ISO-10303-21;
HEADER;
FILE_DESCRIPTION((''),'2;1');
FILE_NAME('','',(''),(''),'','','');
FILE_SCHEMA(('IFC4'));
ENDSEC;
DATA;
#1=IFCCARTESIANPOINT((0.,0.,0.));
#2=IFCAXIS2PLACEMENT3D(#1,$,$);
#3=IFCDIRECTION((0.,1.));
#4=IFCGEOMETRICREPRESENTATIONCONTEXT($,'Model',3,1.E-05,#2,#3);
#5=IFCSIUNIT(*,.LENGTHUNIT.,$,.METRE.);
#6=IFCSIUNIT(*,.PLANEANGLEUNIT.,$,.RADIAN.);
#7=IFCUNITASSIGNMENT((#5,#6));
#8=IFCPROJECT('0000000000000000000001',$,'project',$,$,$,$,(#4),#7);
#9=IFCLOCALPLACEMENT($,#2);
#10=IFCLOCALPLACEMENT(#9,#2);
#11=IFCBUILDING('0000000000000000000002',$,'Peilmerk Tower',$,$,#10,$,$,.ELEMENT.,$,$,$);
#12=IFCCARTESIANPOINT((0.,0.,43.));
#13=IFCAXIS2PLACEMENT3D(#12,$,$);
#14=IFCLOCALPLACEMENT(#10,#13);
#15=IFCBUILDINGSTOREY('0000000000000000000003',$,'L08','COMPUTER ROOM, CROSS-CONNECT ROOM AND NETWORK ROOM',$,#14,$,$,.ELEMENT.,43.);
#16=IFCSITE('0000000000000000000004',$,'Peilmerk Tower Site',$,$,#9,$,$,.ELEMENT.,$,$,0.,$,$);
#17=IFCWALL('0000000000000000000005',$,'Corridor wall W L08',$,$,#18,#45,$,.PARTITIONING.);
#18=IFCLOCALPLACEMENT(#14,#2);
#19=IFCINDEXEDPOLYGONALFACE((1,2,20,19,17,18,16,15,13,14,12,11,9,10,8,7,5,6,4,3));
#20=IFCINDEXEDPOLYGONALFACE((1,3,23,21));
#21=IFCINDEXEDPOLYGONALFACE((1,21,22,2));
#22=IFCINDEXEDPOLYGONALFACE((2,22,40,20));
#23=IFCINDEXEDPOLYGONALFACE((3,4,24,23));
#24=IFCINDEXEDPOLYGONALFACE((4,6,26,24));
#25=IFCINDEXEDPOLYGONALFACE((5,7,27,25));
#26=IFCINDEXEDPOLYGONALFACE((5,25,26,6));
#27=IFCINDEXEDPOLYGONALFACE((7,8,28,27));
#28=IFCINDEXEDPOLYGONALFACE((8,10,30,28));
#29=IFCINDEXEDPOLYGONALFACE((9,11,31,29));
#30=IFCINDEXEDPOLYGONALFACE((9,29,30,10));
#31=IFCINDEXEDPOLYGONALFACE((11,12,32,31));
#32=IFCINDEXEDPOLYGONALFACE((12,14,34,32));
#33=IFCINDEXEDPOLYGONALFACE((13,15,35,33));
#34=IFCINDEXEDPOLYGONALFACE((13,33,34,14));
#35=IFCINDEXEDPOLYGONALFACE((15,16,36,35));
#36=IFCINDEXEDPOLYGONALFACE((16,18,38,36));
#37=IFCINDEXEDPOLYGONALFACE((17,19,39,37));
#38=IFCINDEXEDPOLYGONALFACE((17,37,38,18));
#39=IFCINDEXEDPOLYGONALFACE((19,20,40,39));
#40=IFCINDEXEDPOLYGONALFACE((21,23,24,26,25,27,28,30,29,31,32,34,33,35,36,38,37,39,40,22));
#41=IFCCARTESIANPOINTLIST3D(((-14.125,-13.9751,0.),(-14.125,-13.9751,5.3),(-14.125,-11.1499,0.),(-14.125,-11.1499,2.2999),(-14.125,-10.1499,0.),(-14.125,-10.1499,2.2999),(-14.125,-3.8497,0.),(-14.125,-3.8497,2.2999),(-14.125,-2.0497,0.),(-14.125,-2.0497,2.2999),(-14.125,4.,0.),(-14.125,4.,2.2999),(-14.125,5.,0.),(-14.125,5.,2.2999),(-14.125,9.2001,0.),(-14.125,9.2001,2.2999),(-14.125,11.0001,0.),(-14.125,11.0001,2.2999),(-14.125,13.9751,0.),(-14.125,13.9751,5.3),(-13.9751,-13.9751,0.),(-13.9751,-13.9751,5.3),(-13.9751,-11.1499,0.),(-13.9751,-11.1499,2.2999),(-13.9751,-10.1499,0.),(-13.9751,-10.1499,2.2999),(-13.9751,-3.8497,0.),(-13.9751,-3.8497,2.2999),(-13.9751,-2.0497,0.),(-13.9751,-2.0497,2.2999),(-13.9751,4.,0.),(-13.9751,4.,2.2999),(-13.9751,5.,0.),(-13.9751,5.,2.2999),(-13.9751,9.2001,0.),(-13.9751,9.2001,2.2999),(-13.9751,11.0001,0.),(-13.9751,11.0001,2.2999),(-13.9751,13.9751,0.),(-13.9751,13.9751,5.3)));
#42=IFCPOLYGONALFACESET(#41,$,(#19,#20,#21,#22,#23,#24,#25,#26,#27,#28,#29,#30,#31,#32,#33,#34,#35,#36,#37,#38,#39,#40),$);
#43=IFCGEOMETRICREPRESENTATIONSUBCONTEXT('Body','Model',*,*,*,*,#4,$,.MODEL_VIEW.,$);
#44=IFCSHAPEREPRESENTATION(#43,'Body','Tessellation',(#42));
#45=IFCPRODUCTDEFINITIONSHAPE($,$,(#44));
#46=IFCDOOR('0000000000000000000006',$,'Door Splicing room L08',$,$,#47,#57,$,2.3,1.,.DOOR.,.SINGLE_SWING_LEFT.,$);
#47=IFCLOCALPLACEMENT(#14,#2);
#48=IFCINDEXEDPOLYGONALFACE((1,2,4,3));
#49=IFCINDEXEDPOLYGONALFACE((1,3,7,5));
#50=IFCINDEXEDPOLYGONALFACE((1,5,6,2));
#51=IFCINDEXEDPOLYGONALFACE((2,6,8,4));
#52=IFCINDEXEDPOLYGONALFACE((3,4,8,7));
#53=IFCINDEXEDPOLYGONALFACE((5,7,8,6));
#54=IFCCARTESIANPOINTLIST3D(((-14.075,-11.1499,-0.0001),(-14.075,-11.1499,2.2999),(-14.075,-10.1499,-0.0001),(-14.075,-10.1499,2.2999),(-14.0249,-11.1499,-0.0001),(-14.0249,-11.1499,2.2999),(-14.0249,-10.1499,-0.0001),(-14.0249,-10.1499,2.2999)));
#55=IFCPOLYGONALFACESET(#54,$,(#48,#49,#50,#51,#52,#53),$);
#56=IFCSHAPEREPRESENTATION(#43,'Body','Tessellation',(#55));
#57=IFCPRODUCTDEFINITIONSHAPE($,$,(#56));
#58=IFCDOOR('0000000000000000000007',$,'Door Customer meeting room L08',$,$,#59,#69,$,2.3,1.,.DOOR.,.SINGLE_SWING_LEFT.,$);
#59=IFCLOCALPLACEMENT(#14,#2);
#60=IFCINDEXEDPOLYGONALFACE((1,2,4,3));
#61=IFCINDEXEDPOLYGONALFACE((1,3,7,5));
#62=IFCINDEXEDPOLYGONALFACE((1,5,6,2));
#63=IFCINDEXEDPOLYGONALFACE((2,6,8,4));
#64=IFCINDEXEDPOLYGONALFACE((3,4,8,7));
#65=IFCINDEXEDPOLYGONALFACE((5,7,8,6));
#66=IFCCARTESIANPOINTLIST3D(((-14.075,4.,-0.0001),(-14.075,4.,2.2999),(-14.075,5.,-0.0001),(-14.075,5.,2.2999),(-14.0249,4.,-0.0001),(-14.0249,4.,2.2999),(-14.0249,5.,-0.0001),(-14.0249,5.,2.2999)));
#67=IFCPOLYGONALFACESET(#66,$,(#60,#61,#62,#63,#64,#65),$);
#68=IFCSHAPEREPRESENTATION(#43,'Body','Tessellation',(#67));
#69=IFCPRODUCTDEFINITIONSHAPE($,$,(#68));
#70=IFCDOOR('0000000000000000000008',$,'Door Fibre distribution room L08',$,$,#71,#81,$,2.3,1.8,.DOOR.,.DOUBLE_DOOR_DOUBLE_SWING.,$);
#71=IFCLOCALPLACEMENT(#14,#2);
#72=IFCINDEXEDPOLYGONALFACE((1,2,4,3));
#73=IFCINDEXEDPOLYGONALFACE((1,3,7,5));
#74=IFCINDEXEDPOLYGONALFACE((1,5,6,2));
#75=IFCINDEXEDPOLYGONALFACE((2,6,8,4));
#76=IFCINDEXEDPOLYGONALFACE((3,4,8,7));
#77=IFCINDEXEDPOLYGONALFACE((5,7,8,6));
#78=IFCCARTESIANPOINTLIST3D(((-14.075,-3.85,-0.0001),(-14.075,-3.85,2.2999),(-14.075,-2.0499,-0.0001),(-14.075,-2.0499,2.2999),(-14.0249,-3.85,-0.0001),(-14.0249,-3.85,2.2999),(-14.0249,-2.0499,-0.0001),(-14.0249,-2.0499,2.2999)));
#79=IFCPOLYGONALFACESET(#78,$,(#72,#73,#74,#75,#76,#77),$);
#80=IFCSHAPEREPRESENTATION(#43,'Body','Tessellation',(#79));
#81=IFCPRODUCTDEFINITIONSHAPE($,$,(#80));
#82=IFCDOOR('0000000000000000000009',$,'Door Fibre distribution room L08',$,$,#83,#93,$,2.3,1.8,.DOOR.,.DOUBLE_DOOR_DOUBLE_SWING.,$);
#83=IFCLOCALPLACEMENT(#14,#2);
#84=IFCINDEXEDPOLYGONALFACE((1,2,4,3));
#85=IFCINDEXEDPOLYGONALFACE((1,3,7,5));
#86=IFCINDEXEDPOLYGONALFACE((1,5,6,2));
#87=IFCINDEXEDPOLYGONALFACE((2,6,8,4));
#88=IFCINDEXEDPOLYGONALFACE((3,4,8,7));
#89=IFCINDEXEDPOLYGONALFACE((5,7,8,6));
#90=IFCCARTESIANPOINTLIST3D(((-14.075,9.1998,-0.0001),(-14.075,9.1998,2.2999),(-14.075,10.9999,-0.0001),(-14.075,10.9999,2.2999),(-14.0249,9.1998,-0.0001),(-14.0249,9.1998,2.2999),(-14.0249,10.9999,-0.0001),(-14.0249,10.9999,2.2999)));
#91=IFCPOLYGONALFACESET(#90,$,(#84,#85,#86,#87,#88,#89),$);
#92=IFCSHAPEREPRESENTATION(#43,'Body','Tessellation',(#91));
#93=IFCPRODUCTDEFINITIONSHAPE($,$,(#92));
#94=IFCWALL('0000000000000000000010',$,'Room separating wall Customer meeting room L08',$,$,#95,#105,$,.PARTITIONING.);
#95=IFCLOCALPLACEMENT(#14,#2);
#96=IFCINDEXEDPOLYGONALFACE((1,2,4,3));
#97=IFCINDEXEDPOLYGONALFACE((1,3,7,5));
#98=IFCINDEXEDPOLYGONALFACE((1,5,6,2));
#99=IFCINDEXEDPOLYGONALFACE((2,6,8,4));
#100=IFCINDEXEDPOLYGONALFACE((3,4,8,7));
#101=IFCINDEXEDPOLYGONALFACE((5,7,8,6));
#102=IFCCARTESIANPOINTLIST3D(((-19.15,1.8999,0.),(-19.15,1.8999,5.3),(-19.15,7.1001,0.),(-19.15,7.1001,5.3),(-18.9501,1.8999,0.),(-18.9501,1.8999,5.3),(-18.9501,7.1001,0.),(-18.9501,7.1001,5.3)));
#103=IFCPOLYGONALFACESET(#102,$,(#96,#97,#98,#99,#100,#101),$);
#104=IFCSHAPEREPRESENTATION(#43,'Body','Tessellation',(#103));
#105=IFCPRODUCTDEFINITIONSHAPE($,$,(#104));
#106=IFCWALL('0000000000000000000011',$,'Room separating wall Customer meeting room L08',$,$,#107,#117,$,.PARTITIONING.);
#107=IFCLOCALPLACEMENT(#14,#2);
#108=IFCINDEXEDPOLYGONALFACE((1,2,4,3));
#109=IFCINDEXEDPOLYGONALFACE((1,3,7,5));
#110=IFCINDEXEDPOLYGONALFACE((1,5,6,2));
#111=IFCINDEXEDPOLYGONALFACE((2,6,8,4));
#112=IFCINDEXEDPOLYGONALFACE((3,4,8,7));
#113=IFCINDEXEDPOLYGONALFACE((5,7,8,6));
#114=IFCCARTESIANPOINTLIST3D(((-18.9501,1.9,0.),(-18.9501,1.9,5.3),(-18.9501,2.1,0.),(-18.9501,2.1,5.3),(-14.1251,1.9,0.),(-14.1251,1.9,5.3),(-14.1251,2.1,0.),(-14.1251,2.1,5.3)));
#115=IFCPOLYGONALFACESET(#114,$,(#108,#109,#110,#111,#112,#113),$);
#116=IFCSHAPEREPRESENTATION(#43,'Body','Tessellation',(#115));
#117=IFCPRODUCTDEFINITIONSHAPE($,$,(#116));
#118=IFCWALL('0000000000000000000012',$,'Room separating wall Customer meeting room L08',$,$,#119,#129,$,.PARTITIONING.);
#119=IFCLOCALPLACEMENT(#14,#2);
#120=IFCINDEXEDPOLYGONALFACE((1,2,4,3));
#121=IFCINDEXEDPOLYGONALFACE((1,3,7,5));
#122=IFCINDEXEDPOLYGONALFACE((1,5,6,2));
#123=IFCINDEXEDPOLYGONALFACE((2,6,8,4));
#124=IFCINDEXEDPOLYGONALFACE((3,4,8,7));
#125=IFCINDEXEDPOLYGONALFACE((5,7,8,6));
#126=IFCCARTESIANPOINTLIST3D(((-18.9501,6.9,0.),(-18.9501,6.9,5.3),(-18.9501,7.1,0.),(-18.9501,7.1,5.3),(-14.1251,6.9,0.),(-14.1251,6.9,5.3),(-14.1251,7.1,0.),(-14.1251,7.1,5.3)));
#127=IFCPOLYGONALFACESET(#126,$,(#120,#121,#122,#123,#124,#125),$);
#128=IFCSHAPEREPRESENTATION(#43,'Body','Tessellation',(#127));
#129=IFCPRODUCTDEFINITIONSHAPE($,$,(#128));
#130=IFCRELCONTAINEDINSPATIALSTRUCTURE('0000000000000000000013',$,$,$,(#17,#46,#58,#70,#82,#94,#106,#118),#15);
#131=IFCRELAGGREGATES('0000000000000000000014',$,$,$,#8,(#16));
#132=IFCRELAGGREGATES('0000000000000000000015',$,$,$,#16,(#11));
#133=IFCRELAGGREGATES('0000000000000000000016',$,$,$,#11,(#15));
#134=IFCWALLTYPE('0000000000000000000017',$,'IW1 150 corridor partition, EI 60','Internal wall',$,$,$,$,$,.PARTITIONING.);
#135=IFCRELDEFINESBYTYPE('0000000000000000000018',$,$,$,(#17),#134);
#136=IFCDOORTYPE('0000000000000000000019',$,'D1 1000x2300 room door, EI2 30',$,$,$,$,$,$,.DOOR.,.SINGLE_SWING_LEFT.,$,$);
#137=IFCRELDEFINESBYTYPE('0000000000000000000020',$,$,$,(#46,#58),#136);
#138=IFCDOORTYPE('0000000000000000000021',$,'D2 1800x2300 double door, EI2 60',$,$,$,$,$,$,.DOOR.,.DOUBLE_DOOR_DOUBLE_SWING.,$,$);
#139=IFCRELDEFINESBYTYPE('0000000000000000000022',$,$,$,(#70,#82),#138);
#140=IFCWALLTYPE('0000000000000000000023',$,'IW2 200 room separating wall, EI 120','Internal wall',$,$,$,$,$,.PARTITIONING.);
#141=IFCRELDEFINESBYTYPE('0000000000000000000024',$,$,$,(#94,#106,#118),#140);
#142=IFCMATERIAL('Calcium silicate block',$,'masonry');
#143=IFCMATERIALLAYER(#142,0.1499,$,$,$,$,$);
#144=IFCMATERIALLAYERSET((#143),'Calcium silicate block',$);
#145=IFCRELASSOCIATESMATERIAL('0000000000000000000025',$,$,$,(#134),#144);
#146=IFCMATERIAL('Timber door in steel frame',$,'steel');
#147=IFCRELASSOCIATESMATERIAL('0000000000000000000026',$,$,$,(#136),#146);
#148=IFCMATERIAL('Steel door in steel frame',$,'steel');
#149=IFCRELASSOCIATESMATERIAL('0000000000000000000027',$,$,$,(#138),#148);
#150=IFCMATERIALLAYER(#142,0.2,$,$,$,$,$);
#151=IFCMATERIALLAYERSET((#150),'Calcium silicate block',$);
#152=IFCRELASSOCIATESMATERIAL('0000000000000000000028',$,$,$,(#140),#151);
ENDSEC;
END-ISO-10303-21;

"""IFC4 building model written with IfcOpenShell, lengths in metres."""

from ifc_helpers import new_model, si_unit, direction, frame, frame_2d, origin, place, context, subcontext, project, spatial, rectangle, extrude, material, layer, layer_set, type_object, element, fill, save


model = new_model("IFC4")

# Units and contexts
model_context = context("Model", 3, precision=1e-05, world=origin(), true_north=direction((0.0, 1.0)))
body_context = subcontext(model_context, "Body", "Model", "MODEL_VIEW")
ifc_project = project(units=[si_unit("LENGTHUNIT", "METRE"), si_unit("PLANEANGLEUNIT", "RADIAN")], contexts=[model_context])

# Site, building, storey
site_placement = place(None, origin())
site = spatial("IfcSite", under=ifc_project, at=site_placement, Name="Peilmerk Tower Site", CompositionType="ELEMENT", RefElevation=0.0)
building_placement = place(site_placement, origin())
building = spatial("IfcBuilding", under=site, at=building_placement, Name="Peilmerk Tower", CompositionType="ELEMENT")
storey_placement = place(building_placement, frame((0.0, 0.0, 43.0)))
storey = spatial("IfcBuildingStorey", under=building, at=storey_placement, Name="L08", Description="COMPUTER ROOM, CROSS-CONNECT ROOM AND NETWORK ROOM", CompositionType="ELEMENT", Elevation=43.0)

# Wall, openings, doors
ifc_material_1 = material(Name="Calcium silicate block", Category="masonry")
ifc_layer_1 = layer(ifc_material_1, 0.1499)
ifc_layer_set_1 = layer_set([ifc_layer_1], Name="Calcium silicate block")
wall_type_1 = type_object("IfcWallType", Name="IW1 150 corridor partition, EI 60", Description="Internal wall", PredefinedType="PARTITIONING", material=ifc_layer_set_1)
ifc_material_2 = material(Name="Timber door in steel frame", Category="steel")
door_type_1 = type_object("IfcDoorType", Name="D1 1000x2300 room door, EI2 30", OperationType="SINGLE_SWING_LEFT", PredefinedType="DOOR", material=ifc_material_2)
ifc_material_3 = material(Name="Steel door in steel frame", Category="steel")
door_type_2 = type_object("IfcDoorType", Name="D2 1800x2300 double door, EI2 60", OperationType="DOUBLE_DOOR_DOUBLE_SWING", PredefinedType="DOOR", material=ifc_material_3)
wall_1_placement = place(storey_placement, frame((-14.05, 13.9751, 0.0), z_axis=(0.0, 0.0, 1.0), x_axis=(0.0, -1.0, 0.0)))
wall_1 = element("IfcWall", 1, at=wall_1_placement, inside=storey, type_object=wall_type_1, Name="Corridor wall W L08", PredefinedType="PARTITIONING", context=body_context, shape_type="SweptSolid", body=[
    extrude(rectangle(XDim=27.9502, YDim=0.1499, at=frame_2d((13.9751, 0.0))), origin(), (0.0, 0.0, 1.0), 5.3),
])
opening_1_placement = place(wall_1_placement, frame((24.125, 0.0, 0.0)))
opening_1 = element("IfcOpeningElement", 2, at=opening_1_placement, cuts=wall_1, PredefinedType="OPENING", context=body_context, shape_type="SweptSolid", body=[
    extrude(rectangle(XDim=1.0, YDim=2.3, at=frame_2d((0.5, 1.1499))), frame((0.0, 0.085, 0.0), z_axis=(0.0, -1.0, 0.0), x_axis=(1.0, 0.0, 0.0)), (0.0, 0.0, 1.0), 0.1699),
])
opening_2_placement = place(wall_1_placement, frame((16.0249, 0.0, 0.0)))
opening_2 = element("IfcOpeningElement", 3, at=opening_2_placement, cuts=wall_1, PredefinedType="OPENING", context=body_context, shape_type="SweptSolid", body=[
    extrude(rectangle(XDim=1.8, YDim=2.3, at=frame_2d((0.8999, 1.1499))), frame((0.0, 0.085, 0.0), z_axis=(0.0, -1.0, 0.0), x_axis=(1.0, 0.0, 0.0)), (0.0, 0.0, 1.0), 0.1699),
])
opening_3_placement = place(wall_1_placement, frame((2.9751, 0.0, 0.0)))
opening_3 = element("IfcOpeningElement", 4, at=opening_3_placement, cuts=wall_1, PredefinedType="OPENING", context=body_context, shape_type="SweptSolid", body=[
    extrude(rectangle(XDim=1.8, YDim=2.3, at=frame_2d((0.8999, 1.1499))), frame((0.0, 0.085, 0.0), z_axis=(0.0, -1.0, 0.0), x_axis=(1.0, 0.0, 0.0)), (0.0, 0.0, 1.0), 0.1699),
])
opening_4_placement = place(wall_1_placement, frame((8.9751, 0.0, 0.0)))
opening_4 = element("IfcOpeningElement", 5, at=opening_4_placement, cuts=wall_1, PredefinedType="OPENING", context=body_context, shape_type="SweptSolid", body=[
    extrude(rectangle(XDim=1.0, YDim=2.3, at=frame_2d((0.5, 1.1499))), frame((0.0, 0.085, 0.0), z_axis=(0.0, -1.0, 0.0), x_axis=(1.0, 0.0, 0.0)), (0.0, 0.0, 1.0), 0.1699),
])
door_1_placement = place(opening_1_placement, frame((1.0, 0.0, 0.0), z_axis=(0.0, 0.0, 1.0), x_axis=(-1.0, 0.0, 0.0)))
door_1 = element("IfcDoor", 6, at=door_1_placement, inside=storey, type_object=door_type_1, Name="Door Splicing room L08", OperationType="SINGLE_SWING_LEFT", OverallHeight=2.3, OverallWidth=1.0, PredefinedType="DOOR", context=body_context, shape_type="SweptSolid", body=[
    extrude(rectangle(XDim=1.0, YDim=2.3, at=frame_2d((0.5, 1.1499))), frame((0.0, 0.0249, 0.0), z_axis=(0.0, -1.0, 0.0), x_axis=(1.0, 0.0, 0.0)), (0.0, 0.0, 1.0), 0.05),
])
fill(opening_1, door_1)
door_2_placement = place(opening_4_placement, frame((1.0, 0.0, 0.0), z_axis=(0.0, 0.0, 1.0), x_axis=(-1.0, 0.0, 0.0)))
door_2 = element("IfcDoor", 7, at=door_2_placement, inside=storey, type_object=door_type_1, Name="Door Customer meeting room L08", OperationType="SINGLE_SWING_LEFT", OverallHeight=2.3, OverallWidth=1.0, PredefinedType="DOOR", context=body_context, shape_type="SweptSolid", body=[
    extrude(rectangle(XDim=1.0, YDim=2.3, at=frame_2d((0.5, 1.1499))), frame((0.0, 0.0249, 0.0), z_axis=(0.0, -1.0, 0.0), x_axis=(1.0, 0.0, 0.0)), (0.0, 0.0, 1.0), 0.05),
])
fill(opening_4, door_2)
door_3_placement = place(opening_2_placement, frame((1.8, 0.0, 0.0), z_axis=(0.0, 0.0, 1.0), x_axis=(-1.0, 0.0, 0.0)))
door_3 = element("IfcDoor", 8, at=door_3_placement, inside=storey, type_object=door_type_2, Name="Door Fibre distribution room L08", OperationType="DOUBLE_DOOR_DOUBLE_SWING", OverallHeight=2.3, OverallWidth=1.8, PredefinedType="DOOR", context=body_context, shape_type="SweptSolid", body=[
    extrude(rectangle(XDim=1.8, YDim=2.3, at=frame_2d((0.8999, 1.1499))), frame((0.0, 0.0249, 0.0), z_axis=(0.0, -1.0, 0.0), x_axis=(1.0, 0.0, 0.0)), (0.0, 0.0, 1.0), 0.05),
])
fill(opening_2, door_3)
door_4_placement = place(opening_3_placement, frame((1.8, 0.0, 0.0), z_axis=(0.0, 0.0, 1.0), x_axis=(-1.0, 0.0, 0.0)))
door_4 = element("IfcDoor", 9, at=door_4_placement, inside=storey, type_object=door_type_2, Name="Door Fibre distribution room L08", OperationType="DOUBLE_DOOR_DOUBLE_SWING", OverallHeight=2.3, OverallWidth=1.8, PredefinedType="DOOR", context=body_context, shape_type="SweptSolid", body=[
    extrude(rectangle(XDim=1.8, YDim=2.3, at=frame_2d((0.8999, 1.1499))), frame((0.0, 0.0249, 0.0), z_axis=(0.0, -1.0, 0.0), x_axis=(1.0, 0.0, 0.0)), (0.0, 0.0, 1.0), 0.05),
])
fill(opening_3, door_4)

# Walls
ifc_layer_2 = layer(ifc_material_1, 0.2)
ifc_layer_set_2 = layer_set([ifc_layer_2], Name="Calcium silicate block")
wall_type_2 = type_object("IfcWallType", Name="IW2 200 room separating wall, EI 120", Description="Internal wall", PredefinedType="PARTITIONING", material=ifc_layer_set_2)
wall_2_placement = place(storey_placement, frame((-19.05, 1.8999, 0.0), z_axis=(0.0, 0.0, 1.0), x_axis=(0.0, 1.0, 0.0)))
element("IfcWall", 10, at=wall_2_placement, inside=storey, type_object=wall_type_2, Name="Room separating wall Customer meeting room L08", PredefinedType="PARTITIONING", context=body_context, shape_type="SweptSolid", body=[
    extrude(rectangle(XDim=5.2002, YDim=0.2, at=frame_2d((2.6001, 0.0))), origin(), (0.0, 0.0, 1.0), 5.3),
])
for number, where, z_axis, x_axis, name in (
    (11, (-14.125, 2.0, 0.0), (0.0, 0.0, 1.0), (-1.0, 0.0, 0.0), "Room separating wall Customer meeting room L08"),
    (12, (-14.125, 7.0, 0.0), (0.0, 0.0, 1.0), (-1.0, 0.0, 0.0), "Room separating wall Customer meeting room L08"),
):
    element("IfcWall", number, at=place(storey_placement, frame(where, z_axis=z_axis, x_axis=x_axis)), inside=storey, type_object=wall_type_2, Name=name, PredefinedType="PARTITIONING", context=body_context, shape_type="SweptSolid", body=[
        extrude(rectangle(XDim=4.825, YDim=0.2, at=frame_2d((2.4126, 0.0))), origin(), (0.0, 0.0, 1.0), 5.3),
    ])

save(model, "model.ifc")
